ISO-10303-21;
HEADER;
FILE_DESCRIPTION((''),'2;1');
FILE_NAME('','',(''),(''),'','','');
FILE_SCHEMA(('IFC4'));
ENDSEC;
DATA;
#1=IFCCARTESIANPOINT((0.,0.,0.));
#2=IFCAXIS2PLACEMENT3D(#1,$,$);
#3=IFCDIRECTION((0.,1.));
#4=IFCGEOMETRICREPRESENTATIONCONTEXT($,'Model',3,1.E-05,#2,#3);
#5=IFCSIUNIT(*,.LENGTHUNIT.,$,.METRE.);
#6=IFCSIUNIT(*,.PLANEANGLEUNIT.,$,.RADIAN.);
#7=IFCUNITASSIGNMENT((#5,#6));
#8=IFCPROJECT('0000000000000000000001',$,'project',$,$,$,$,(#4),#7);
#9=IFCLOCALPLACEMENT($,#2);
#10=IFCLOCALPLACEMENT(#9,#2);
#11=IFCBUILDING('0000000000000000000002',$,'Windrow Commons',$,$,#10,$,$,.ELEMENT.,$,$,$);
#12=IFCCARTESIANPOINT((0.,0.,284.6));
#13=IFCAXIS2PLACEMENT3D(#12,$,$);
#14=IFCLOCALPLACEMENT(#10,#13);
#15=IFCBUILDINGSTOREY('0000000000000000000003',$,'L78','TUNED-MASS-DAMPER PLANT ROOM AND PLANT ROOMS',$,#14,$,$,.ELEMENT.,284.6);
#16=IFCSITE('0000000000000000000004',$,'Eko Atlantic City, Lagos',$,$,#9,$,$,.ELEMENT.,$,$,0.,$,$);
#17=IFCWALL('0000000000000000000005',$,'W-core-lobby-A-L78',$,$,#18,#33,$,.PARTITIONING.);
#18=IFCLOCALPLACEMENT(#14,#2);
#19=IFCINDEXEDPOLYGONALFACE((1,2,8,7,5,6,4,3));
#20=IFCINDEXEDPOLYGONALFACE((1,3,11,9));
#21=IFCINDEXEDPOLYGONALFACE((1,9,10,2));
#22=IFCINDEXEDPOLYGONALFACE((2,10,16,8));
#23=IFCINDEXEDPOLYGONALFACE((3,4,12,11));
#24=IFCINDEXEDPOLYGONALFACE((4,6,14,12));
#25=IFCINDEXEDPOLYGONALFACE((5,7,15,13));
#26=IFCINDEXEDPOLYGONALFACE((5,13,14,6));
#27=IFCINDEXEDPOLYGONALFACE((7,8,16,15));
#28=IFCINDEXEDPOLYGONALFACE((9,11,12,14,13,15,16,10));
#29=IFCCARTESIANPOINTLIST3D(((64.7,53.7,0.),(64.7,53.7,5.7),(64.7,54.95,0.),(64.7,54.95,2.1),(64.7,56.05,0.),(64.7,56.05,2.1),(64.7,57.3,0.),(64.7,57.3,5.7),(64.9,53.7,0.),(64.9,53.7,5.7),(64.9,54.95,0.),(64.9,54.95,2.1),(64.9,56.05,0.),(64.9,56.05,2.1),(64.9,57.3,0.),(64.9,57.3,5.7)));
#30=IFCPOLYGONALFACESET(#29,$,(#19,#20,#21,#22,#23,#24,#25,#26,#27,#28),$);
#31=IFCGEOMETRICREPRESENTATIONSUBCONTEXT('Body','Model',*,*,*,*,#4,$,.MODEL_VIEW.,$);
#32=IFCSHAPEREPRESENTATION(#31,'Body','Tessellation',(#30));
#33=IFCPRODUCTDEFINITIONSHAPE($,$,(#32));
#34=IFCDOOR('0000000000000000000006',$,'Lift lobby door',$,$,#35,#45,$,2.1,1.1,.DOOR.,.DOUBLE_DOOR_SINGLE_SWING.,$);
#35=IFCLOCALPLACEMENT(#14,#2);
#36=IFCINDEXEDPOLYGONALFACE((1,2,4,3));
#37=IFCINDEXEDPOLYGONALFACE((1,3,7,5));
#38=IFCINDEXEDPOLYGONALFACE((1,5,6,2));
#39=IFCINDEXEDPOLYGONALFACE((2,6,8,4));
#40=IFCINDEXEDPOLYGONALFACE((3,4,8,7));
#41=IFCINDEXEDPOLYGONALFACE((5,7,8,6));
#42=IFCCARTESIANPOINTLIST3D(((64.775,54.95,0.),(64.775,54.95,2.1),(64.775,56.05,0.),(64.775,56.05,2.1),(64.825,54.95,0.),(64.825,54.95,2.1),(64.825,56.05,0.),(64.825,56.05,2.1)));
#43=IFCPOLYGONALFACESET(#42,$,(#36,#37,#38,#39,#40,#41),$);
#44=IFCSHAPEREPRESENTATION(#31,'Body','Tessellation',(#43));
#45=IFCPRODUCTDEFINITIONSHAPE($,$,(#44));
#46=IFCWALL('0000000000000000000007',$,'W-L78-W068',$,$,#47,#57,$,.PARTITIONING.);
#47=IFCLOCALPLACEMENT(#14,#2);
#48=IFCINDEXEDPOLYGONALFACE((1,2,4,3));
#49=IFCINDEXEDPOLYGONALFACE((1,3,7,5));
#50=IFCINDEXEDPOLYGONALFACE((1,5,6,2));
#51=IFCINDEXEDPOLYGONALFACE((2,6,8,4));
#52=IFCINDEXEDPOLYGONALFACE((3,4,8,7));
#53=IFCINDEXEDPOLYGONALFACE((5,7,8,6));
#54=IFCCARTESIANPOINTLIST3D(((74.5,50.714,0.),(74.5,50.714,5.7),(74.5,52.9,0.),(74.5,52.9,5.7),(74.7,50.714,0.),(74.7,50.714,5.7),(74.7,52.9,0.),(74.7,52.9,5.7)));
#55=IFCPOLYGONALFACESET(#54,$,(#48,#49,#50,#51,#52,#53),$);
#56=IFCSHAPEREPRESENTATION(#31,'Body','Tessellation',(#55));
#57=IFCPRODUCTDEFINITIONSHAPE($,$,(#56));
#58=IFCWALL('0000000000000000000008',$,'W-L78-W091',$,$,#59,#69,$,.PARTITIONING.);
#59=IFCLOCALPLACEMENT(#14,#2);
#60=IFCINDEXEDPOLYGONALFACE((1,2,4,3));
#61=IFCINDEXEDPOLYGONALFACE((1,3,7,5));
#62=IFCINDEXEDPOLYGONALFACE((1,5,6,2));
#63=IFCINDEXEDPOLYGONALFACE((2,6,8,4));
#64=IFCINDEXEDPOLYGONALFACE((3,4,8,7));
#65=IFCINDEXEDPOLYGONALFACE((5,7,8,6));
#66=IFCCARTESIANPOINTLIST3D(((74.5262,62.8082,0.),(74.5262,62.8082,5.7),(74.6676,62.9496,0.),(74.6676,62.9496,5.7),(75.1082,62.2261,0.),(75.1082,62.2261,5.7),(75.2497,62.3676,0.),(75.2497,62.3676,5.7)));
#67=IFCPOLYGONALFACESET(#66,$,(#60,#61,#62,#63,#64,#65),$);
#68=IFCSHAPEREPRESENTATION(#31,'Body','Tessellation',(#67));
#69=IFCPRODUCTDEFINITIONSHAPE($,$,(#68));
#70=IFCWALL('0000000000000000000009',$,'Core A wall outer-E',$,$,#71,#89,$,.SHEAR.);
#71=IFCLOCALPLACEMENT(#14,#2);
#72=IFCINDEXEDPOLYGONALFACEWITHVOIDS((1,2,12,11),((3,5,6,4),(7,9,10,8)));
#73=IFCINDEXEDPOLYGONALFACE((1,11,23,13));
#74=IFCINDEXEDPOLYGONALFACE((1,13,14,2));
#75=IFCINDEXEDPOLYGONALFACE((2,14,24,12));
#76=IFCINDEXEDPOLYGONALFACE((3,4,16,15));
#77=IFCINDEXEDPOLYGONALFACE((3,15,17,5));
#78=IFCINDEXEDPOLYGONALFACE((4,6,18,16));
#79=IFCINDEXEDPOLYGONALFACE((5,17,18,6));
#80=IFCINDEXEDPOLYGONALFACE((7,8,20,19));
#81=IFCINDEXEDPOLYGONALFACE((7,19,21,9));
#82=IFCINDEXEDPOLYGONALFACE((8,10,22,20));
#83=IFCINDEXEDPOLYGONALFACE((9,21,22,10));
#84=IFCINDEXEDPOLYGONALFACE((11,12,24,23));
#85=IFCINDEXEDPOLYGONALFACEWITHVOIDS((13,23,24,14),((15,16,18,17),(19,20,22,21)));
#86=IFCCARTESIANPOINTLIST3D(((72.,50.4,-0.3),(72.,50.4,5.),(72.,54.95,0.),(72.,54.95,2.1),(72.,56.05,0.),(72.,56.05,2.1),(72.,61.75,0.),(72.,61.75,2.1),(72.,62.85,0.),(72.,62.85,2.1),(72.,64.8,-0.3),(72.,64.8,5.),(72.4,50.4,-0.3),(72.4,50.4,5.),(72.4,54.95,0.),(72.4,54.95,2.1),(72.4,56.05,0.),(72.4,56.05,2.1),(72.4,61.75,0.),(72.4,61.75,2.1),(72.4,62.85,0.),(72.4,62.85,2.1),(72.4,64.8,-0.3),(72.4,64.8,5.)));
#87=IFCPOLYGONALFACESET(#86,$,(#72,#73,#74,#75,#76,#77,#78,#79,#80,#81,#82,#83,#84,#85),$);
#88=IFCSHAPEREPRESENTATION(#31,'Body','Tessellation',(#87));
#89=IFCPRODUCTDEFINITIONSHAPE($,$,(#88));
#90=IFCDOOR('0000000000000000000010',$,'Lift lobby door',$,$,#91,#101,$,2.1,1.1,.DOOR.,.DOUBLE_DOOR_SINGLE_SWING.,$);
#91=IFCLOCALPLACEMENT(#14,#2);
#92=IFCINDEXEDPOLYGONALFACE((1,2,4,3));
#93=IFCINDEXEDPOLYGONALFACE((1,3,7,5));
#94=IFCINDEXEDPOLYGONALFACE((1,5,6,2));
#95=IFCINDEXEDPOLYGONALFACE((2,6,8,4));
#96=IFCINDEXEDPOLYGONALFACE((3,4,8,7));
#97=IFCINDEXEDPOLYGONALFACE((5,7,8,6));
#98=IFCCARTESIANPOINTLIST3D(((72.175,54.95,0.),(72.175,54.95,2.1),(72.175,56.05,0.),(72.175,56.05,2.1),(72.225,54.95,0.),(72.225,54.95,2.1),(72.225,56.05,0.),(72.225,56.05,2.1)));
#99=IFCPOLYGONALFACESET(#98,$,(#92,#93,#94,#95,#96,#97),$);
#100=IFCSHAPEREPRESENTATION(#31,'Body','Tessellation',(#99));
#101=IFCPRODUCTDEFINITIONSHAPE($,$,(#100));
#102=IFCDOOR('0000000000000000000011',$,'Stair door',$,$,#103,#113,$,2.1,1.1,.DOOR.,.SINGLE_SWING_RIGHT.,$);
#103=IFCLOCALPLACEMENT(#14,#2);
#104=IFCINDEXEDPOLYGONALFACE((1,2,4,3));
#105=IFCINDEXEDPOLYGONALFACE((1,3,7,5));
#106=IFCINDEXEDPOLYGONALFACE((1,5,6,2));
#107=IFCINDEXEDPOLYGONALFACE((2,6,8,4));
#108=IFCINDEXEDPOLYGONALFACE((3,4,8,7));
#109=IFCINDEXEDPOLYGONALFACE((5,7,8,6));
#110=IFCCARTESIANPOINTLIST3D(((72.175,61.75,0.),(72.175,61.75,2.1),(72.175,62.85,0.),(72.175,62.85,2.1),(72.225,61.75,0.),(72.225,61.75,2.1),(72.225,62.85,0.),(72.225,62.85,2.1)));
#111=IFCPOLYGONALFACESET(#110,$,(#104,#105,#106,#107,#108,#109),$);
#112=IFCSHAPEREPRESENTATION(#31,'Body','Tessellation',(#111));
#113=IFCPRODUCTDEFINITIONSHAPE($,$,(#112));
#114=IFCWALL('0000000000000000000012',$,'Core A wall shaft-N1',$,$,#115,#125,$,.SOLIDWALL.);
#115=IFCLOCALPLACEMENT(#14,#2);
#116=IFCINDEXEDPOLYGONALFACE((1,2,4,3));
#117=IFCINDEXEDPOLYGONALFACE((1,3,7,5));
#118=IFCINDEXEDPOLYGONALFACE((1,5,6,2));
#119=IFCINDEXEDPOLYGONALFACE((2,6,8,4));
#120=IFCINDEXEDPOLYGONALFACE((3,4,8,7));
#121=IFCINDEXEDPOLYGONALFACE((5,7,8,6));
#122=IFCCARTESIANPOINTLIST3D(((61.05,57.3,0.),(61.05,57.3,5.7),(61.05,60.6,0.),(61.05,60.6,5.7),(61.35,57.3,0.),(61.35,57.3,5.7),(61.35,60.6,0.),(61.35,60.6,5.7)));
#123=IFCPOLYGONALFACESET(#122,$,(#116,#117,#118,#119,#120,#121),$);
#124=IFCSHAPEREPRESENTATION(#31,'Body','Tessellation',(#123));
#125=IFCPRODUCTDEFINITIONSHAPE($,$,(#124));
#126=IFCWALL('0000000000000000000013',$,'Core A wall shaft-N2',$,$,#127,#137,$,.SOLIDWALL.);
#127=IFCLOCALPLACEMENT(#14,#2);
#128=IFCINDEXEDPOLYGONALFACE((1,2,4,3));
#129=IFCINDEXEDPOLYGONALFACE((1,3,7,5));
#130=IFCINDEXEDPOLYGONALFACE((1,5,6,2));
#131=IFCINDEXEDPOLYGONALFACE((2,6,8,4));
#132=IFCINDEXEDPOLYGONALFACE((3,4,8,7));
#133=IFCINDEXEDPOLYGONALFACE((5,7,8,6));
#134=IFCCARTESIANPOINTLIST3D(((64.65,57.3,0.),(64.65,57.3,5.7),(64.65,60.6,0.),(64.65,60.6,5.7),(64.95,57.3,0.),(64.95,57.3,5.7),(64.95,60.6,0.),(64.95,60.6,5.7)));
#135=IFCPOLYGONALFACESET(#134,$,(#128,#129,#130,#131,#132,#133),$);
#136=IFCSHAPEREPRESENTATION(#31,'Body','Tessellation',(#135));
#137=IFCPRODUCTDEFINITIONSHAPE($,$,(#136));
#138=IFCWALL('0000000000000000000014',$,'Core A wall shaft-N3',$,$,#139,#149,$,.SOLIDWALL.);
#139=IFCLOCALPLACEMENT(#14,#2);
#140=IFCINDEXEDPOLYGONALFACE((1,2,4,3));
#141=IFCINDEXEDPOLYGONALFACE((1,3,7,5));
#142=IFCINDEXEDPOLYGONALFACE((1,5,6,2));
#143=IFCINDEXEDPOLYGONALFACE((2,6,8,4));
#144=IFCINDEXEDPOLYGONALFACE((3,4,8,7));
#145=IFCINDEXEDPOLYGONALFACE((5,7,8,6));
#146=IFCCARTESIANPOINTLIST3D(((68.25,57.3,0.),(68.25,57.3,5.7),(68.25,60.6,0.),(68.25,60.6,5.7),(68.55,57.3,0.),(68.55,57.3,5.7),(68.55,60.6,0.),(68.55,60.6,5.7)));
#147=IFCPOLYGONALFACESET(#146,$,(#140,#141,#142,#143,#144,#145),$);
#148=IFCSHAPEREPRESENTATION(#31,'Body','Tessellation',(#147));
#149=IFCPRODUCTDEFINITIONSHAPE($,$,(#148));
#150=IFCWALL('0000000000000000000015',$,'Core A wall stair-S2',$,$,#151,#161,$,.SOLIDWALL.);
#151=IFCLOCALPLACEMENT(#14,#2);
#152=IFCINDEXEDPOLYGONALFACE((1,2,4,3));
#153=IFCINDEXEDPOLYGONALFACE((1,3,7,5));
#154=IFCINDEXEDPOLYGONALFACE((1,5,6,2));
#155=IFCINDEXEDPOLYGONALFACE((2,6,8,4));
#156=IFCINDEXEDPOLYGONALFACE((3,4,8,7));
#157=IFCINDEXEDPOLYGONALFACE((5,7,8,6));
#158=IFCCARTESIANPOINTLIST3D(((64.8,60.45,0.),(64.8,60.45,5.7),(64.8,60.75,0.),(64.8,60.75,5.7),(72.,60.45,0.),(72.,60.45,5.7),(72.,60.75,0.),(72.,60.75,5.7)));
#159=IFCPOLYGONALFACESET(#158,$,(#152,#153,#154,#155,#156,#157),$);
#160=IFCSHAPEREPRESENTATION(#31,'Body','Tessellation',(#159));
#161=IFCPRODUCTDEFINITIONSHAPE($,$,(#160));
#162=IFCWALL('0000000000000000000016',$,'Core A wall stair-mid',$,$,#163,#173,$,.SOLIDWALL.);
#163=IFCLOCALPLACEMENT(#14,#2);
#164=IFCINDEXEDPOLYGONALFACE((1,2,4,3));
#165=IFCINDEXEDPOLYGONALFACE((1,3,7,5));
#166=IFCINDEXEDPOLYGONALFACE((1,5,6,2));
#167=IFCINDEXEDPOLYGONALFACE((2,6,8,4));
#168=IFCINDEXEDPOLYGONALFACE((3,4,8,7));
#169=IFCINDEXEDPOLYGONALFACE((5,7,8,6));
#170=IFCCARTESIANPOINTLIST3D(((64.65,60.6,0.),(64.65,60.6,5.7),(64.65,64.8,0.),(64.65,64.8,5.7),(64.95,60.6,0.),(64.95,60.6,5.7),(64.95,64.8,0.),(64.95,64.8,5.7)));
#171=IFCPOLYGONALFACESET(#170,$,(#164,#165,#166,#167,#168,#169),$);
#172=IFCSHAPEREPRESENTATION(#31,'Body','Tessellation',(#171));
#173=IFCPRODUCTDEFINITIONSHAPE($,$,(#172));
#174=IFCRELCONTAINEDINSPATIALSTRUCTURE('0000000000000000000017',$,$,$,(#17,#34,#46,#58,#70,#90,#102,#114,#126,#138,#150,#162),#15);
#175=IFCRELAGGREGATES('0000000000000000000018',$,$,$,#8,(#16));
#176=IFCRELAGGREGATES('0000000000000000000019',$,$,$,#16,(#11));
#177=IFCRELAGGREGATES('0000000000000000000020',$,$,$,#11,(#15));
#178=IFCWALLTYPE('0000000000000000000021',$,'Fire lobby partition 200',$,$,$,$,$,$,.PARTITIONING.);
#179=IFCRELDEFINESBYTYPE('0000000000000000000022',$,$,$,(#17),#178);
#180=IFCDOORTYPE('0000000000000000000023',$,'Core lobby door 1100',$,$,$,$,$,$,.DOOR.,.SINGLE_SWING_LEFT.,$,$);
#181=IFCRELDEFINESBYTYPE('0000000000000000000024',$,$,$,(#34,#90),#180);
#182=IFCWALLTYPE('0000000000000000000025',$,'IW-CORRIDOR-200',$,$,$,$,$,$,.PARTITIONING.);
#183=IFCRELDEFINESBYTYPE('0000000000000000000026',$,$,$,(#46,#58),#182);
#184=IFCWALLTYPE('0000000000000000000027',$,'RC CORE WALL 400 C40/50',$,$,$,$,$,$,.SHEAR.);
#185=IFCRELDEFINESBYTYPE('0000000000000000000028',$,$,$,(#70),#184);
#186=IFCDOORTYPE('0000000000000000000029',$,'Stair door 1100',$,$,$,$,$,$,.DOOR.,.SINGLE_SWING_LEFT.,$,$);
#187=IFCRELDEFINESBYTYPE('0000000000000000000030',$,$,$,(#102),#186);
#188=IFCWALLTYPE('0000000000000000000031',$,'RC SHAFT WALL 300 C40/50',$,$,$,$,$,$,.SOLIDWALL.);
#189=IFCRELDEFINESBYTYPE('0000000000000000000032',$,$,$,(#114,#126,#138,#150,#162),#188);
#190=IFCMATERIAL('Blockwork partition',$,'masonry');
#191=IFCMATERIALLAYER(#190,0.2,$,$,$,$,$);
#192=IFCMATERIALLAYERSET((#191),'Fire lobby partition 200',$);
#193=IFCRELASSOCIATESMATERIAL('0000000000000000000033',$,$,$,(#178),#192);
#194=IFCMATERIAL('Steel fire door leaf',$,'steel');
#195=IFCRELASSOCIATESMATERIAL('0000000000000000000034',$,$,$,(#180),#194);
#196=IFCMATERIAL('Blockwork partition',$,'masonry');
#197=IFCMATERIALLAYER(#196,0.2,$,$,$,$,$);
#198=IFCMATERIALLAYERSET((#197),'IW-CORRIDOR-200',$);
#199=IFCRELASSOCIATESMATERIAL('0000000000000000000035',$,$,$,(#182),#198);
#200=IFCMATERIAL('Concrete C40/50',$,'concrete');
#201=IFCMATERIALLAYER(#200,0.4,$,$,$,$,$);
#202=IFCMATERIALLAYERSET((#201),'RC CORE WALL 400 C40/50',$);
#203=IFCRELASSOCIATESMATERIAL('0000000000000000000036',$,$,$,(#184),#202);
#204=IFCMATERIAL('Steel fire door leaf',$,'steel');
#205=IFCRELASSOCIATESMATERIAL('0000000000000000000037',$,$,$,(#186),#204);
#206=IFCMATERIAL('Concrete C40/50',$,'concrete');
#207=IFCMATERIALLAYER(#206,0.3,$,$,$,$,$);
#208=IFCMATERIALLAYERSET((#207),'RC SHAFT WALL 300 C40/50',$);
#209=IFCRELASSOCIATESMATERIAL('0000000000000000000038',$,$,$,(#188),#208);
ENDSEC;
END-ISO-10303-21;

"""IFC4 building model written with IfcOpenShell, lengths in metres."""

from ifc_helpers import new_model, si_unit, direction, frame, frame_2d, origin, place, context, subcontext, project, spatial, rectangle, extrude, material, layer, layer_set, type_object, element, fill, save


model = new_model("IFC4")

# Units and contexts
model_context = context("Model", 3, precision=1e-05, world=origin(), true_north=direction((0.0, 1.0)))
body_context = subcontext(model_context, "Body", "Model", "MODEL_VIEW")
ifc_project = project(units=[si_unit("LENGTHUNIT", "METRE"), si_unit("PLANEANGLEUNIT", "RADIAN")], contexts=[model_context])

# Site, building, storey
site_placement = place(None, origin())
site = spatial("IfcSite", under=ifc_project, at=site_placement, Name="Eko Atlantic City, Lagos", CompositionType="ELEMENT", RefElevation=0.0)
building_placement = place(site_placement, origin())
building = spatial("IfcBuilding", under=site, at=building_placement, Name="Windrow Commons", CompositionType="ELEMENT")
storey_placement = place(building_placement, frame((0.0, 0.0, 284.6)))
storey = spatial("IfcBuildingStorey", under=building, at=storey_placement, Name="L78", Description="TUNED-MASS-DAMPER PLANT ROOM AND PLANT ROOMS", CompositionType="ELEMENT", Elevation=284.6)

# Wall, opening, door
ifc_material_1 = material(Name="Blockwork partition", Category="masonry")
ifc_layer_1 = layer(ifc_material_1, 0.2)
ifc_layer_set_1 = layer_set([ifc_layer_1], Name="Fire lobby partition 200")
wall_type_1 = type_object("IfcWallType", Name="Fire lobby partition 200", PredefinedType="PARTITIONING", material=ifc_layer_set_1)
wall_1_placement = place(storey_placement, frame((64.8, 53.7, 0.0), z_axis=(0.0, 0.0, 1.0), x_axis=(0.0, 1.0, 0.0)))
wall_1 = element("IfcWall", 1, at=wall_1_placement, inside=storey, type_object=wall_type_1, Name="W-core-lobby-A-L78", PredefinedType="PARTITIONING", context=body_context, shape_type="SweptSolid", body=[
    extrude(rectangle(XDim=3.6, YDim=0.2, at=frame_2d((1.8, 0.0))), origin(), (0.0, 0.0, 1.0), 5.7),
])
opening_1_placement = place(wall_1_placement, frame((1.25, 0.0, 0.0)))
opening_1 = element("IfcOpeningElement", 2, at=opening_1_placement, cuts=wall_1, PredefinedType="OPENING", context=body_context, shape_type="SweptSolid", body=[
    extrude(rectangle(XDim=1.1, YDim=2.1, at=frame_2d((0.55, 1.05))), frame((0.0, 0.11, 0.0), z_axis=(0.0, -1.0, 0.0), x_axis=(1.0, 0.0, 0.0)), (0.0, 0.0, 1.0), 0.22),
])
ifc_material_2 = material(Name="Steel fire door leaf", Category="steel")
door_type_1 = type_object("IfcDoorType", Name="Core lobby door 1100", OperationType="SINGLE_SWING_LEFT", PredefinedType="DOOR", material=ifc_material_2)
door_1_placement = place(opening_1_placement, origin())
door_1 = element("IfcDoor", 3, at=door_1_placement, inside=storey, type_object=door_type_1, Name="Lift lobby door", OperationType="DOUBLE_DOOR_SINGLE_SWING", OverallHeight=2.1, OverallWidth=1.1, PredefinedType="DOOR", context=body_context, shape_type="SweptSolid", body=[
    extrude(rectangle(XDim=1.1, YDim=2.1, at=frame_2d((0.55, 1.05))), frame((0.0, 0.025, 0.0), z_axis=(0.0, -1.0, 0.0), x_axis=(1.0, 0.0, 0.0)), (0.0, 0.0, 1.0), 0.05),
])
fill(opening_1, door_1)

# Walls
ifc_material_3 = material(Name="Blockwork partition", Category="masonry")
ifc_layer_2 = layer(ifc_material_3, 0.2)
ifc_layer_set_2 = layer_set([ifc_layer_2], Name="IW-CORRIDOR-200")
wall_type_2 = type_object("IfcWallType", Name="IW-CORRIDOR-200", PredefinedType="PARTITIONING", material=ifc_layer_set_2)
wall_2_placement = place(storey_placement, frame((74.6, 50.714, 0.0), z_axis=(0.0, 0.0, 1.0), x_axis=(0.0, 1.0, 0.0)))
element("IfcWall", 4, at=wall_2_placement, inside=storey, type_object=wall_type_2, Name="W-L78-W068", PredefinedType="PARTITIONING", context=body_context, shape_type="SweptSolid", body=[
    extrude(rectangle(XDim=2.186, YDim=0.2, at=frame_2d((1.093, 0.0))), origin(), (0.0, 0.0, 1.0), 5.7),
])
wall_3_placement = place(storey_placement, frame((74.5969, 62.8789, 0.0), z_axis=(0.0, 0.0, 1.0), x_axis=(0.707107, -0.707107, 0.0)))
element("IfcWall", 5, at=wall_3_placement, inside=storey, type_object=wall_type_2, Name="W-L78-W091", PredefinedType="PARTITIONING", context=body_context, shape_type="SweptSolid", body=[
    extrude(rectangle(XDim=0.8231, YDim=0.2, at=frame_2d((0.4116, 0.0))), origin(), (0.0, 0.0, 1.0), 5.7),
])

# Wall, openings, doors
ifc_material_4 = material(Name="Concrete C40/50", Category="concrete")
ifc_layer_3 = layer(ifc_material_4, 0.4)
ifc_layer_set_3 = layer_set([ifc_layer_3], Name="RC CORE WALL 400 C40/50")
wall_type_3 = type_object("IfcWallType", Name="RC CORE WALL 400 C40/50", PredefinedType="SHEAR", material=ifc_layer_set_3)
wall_4_placement = place(storey_placement, frame((72.2, 50.4, -0.3), z_axis=(0.0, 0.0, 1.0), x_axis=(0.0, 1.0, 0.0)))
wall_4 = element("IfcWall", 6, at=wall_4_placement, inside=storey, type_object=wall_type_3, Name="Core A wall outer-E", PredefinedType="SHEAR", context=body_context, shape_type="SweptSolid", body=[
    extrude(rectangle(XDim=14.4, YDim=0.4, at=frame_2d((7.2, 0.0))), origin(), (0.0, 0.0, 1.0), 5.3),
])
opening_2_placement = place(wall_4_placement, frame((4.55, 0.0, 0.3)))
opening_2 = element("IfcOpeningElement", 7, at=opening_2_placement, cuts=wall_4, PredefinedType="OPENING", context=body_context, shape_type="SweptSolid", body=[
    extrude(rectangle(XDim=1.1, YDim=2.1, at=frame_2d((0.55, 1.05))), frame((0.0, 0.21, 0.0), z_axis=(0.0, -1.0, 0.0), x_axis=(1.0, 0.0, 0.0)), (0.0, 0.0, 1.0), 0.42),
])
opening_3_placement = place(wall_4_placement, frame((11.35, 0.0, 0.3)))
opening_3 = element("IfcOpeningElement", 8, at=opening_3_placement, cuts=wall_4, PredefinedType="OPENING", context=body_context, shape_type="SweptSolid", body=[
    extrude(rectangle(XDim=1.1, YDim=2.1, at=frame_2d((0.55, 1.05))), frame((0.0, 0.21, 0.0), z_axis=(0.0, -1.0, 0.0), x_axis=(1.0, 0.0, 0.0)), (0.0, 0.0, 1.0), 0.42),
])
door_2_placement = place(opening_2_placement, origin())
door_2 = element("IfcDoor", 9, at=door_2_placement, inside=storey, type_object=door_type_1, Name="Lift lobby door", OperationType="DOUBLE_DOOR_SINGLE_SWING", OverallHeight=2.1, OverallWidth=1.1, PredefinedType="DOOR", context=body_context, shape_type="SweptSolid", body=[
    extrude(rectangle(XDim=1.1, YDim=2.1, at=frame_2d((0.55, 1.05))), frame((0.0, 0.025, 0.0), z_axis=(0.0, -1.0, 0.0), x_axis=(1.0, 0.0, 0.0)), (0.0, 0.0, 1.0), 0.05),
])
fill(opening_2, door_2)
ifc_material_5 = material(Name="Steel fire door leaf", Category="steel")
door_type_2 = type_object("IfcDoorType", Name="Stair door 1100", OperationType="SINGLE_SWING_LEFT", PredefinedType="DOOR", material=ifc_material_5)
door_3_placement = place(opening_3_placement, origin())
door_3 = element("IfcDoor", 10, at=door_3_placement, inside=storey, type_object=door_type_2, Name="Stair door", OperationType="SINGLE_SWING_RIGHT", OverallHeight=2.1, OverallWidth=1.1, PredefinedType="DOOR", context=body_context, shape_type="SweptSolid", body=[
    extrude(rectangle(XDim=1.1, YDim=2.1, at=frame_2d((0.55, 1.05))), frame((0.0, 0.025, 0.0), z_axis=(0.0, -1.0, 0.0), x_axis=(1.0, 0.0, 0.0)), (0.0, 0.0, 1.0), 0.05),
])
fill(opening_3, door_3)

# Walls
ifc_material_6 = material(Name="Concrete C40/50", Category="concrete")
ifc_layer_4 = layer(ifc_material_6, 0.3)
ifc_layer_set_4 = layer_set([ifc_layer_4], Name="RC SHAFT WALL 300 C40/50")
wall_type_4 = type_object("IfcWallType", Name="RC SHAFT WALL 300 C40/50", PredefinedType="SOLIDWALL", material=ifc_layer_set_4)
for number, where, z_axis, x_axis, name in (
    (11, (61.2, 57.3, 0.0), (0.0, 0.0, 1.0), (0.0, 1.0, 0.0), "Core A wall shaft-N1"),
    (12, (64.8, 57.3, 0.0), (0.0, 0.0, 1.0), (0.0, 1.0, 0.0), "Core A wall shaft-N2"),
    (13, (68.4, 57.3, 0.0), (0.0, 0.0, 1.0), (0.0, 1.0, 0.0), "Core A wall shaft-N3"),
):
    element("IfcWall", number, at=place(storey_placement, frame(where, z_axis=z_axis, x_axis=x_axis)), inside=storey, type_object=wall_type_4, Name=name, PredefinedType="SOLIDWALL", context=body_context, shape_type="SweptSolid", body=[
        extrude(rectangle(XDim=3.3, YDim=0.3, at=frame_2d((1.65, 0.0))), origin(), (0.0, 0.0, 1.0), 5.7),
    ])
wall_5_placement = place(storey_placement, frame((64.8, 60.6, 0.0), z_axis=(0.0, 0.0, 1.0), x_axis=(1.0, 0.0, 0.0)))
element("IfcWall", 14, at=wall_5_placement, inside=storey, type_object=wall_type_4, Name="Core A wall stair-S2", PredefinedType="SOLIDWALL", context=body_context, shape_type="SweptSolid", body=[
    extrude(rectangle(XDim=7.2, YDim=0.3, at=frame_2d((3.6, 0.0))), origin(), (0.0, 0.0, 1.0), 5.7),
])
wall_6_placement = place(storey_placement, frame((64.8, 60.6, 0.0), z_axis=(0.0, 0.0, 1.0), x_axis=(0.0, 1.0, 0.0)))
element("IfcWall", 15, at=wall_6_placement, inside=storey, type_object=wall_type_4, Name="Core A wall stair-mid", PredefinedType="SOLIDWALL", context=body_context, shape_type="SweptSolid", body=[
    extrude(rectangle(XDim=4.2, YDim=0.3, at=frame_2d((2.1, 0.0))), origin(), (0.0, 0.0, 1.0), 5.7),
])

save(model, "model.ifc")
